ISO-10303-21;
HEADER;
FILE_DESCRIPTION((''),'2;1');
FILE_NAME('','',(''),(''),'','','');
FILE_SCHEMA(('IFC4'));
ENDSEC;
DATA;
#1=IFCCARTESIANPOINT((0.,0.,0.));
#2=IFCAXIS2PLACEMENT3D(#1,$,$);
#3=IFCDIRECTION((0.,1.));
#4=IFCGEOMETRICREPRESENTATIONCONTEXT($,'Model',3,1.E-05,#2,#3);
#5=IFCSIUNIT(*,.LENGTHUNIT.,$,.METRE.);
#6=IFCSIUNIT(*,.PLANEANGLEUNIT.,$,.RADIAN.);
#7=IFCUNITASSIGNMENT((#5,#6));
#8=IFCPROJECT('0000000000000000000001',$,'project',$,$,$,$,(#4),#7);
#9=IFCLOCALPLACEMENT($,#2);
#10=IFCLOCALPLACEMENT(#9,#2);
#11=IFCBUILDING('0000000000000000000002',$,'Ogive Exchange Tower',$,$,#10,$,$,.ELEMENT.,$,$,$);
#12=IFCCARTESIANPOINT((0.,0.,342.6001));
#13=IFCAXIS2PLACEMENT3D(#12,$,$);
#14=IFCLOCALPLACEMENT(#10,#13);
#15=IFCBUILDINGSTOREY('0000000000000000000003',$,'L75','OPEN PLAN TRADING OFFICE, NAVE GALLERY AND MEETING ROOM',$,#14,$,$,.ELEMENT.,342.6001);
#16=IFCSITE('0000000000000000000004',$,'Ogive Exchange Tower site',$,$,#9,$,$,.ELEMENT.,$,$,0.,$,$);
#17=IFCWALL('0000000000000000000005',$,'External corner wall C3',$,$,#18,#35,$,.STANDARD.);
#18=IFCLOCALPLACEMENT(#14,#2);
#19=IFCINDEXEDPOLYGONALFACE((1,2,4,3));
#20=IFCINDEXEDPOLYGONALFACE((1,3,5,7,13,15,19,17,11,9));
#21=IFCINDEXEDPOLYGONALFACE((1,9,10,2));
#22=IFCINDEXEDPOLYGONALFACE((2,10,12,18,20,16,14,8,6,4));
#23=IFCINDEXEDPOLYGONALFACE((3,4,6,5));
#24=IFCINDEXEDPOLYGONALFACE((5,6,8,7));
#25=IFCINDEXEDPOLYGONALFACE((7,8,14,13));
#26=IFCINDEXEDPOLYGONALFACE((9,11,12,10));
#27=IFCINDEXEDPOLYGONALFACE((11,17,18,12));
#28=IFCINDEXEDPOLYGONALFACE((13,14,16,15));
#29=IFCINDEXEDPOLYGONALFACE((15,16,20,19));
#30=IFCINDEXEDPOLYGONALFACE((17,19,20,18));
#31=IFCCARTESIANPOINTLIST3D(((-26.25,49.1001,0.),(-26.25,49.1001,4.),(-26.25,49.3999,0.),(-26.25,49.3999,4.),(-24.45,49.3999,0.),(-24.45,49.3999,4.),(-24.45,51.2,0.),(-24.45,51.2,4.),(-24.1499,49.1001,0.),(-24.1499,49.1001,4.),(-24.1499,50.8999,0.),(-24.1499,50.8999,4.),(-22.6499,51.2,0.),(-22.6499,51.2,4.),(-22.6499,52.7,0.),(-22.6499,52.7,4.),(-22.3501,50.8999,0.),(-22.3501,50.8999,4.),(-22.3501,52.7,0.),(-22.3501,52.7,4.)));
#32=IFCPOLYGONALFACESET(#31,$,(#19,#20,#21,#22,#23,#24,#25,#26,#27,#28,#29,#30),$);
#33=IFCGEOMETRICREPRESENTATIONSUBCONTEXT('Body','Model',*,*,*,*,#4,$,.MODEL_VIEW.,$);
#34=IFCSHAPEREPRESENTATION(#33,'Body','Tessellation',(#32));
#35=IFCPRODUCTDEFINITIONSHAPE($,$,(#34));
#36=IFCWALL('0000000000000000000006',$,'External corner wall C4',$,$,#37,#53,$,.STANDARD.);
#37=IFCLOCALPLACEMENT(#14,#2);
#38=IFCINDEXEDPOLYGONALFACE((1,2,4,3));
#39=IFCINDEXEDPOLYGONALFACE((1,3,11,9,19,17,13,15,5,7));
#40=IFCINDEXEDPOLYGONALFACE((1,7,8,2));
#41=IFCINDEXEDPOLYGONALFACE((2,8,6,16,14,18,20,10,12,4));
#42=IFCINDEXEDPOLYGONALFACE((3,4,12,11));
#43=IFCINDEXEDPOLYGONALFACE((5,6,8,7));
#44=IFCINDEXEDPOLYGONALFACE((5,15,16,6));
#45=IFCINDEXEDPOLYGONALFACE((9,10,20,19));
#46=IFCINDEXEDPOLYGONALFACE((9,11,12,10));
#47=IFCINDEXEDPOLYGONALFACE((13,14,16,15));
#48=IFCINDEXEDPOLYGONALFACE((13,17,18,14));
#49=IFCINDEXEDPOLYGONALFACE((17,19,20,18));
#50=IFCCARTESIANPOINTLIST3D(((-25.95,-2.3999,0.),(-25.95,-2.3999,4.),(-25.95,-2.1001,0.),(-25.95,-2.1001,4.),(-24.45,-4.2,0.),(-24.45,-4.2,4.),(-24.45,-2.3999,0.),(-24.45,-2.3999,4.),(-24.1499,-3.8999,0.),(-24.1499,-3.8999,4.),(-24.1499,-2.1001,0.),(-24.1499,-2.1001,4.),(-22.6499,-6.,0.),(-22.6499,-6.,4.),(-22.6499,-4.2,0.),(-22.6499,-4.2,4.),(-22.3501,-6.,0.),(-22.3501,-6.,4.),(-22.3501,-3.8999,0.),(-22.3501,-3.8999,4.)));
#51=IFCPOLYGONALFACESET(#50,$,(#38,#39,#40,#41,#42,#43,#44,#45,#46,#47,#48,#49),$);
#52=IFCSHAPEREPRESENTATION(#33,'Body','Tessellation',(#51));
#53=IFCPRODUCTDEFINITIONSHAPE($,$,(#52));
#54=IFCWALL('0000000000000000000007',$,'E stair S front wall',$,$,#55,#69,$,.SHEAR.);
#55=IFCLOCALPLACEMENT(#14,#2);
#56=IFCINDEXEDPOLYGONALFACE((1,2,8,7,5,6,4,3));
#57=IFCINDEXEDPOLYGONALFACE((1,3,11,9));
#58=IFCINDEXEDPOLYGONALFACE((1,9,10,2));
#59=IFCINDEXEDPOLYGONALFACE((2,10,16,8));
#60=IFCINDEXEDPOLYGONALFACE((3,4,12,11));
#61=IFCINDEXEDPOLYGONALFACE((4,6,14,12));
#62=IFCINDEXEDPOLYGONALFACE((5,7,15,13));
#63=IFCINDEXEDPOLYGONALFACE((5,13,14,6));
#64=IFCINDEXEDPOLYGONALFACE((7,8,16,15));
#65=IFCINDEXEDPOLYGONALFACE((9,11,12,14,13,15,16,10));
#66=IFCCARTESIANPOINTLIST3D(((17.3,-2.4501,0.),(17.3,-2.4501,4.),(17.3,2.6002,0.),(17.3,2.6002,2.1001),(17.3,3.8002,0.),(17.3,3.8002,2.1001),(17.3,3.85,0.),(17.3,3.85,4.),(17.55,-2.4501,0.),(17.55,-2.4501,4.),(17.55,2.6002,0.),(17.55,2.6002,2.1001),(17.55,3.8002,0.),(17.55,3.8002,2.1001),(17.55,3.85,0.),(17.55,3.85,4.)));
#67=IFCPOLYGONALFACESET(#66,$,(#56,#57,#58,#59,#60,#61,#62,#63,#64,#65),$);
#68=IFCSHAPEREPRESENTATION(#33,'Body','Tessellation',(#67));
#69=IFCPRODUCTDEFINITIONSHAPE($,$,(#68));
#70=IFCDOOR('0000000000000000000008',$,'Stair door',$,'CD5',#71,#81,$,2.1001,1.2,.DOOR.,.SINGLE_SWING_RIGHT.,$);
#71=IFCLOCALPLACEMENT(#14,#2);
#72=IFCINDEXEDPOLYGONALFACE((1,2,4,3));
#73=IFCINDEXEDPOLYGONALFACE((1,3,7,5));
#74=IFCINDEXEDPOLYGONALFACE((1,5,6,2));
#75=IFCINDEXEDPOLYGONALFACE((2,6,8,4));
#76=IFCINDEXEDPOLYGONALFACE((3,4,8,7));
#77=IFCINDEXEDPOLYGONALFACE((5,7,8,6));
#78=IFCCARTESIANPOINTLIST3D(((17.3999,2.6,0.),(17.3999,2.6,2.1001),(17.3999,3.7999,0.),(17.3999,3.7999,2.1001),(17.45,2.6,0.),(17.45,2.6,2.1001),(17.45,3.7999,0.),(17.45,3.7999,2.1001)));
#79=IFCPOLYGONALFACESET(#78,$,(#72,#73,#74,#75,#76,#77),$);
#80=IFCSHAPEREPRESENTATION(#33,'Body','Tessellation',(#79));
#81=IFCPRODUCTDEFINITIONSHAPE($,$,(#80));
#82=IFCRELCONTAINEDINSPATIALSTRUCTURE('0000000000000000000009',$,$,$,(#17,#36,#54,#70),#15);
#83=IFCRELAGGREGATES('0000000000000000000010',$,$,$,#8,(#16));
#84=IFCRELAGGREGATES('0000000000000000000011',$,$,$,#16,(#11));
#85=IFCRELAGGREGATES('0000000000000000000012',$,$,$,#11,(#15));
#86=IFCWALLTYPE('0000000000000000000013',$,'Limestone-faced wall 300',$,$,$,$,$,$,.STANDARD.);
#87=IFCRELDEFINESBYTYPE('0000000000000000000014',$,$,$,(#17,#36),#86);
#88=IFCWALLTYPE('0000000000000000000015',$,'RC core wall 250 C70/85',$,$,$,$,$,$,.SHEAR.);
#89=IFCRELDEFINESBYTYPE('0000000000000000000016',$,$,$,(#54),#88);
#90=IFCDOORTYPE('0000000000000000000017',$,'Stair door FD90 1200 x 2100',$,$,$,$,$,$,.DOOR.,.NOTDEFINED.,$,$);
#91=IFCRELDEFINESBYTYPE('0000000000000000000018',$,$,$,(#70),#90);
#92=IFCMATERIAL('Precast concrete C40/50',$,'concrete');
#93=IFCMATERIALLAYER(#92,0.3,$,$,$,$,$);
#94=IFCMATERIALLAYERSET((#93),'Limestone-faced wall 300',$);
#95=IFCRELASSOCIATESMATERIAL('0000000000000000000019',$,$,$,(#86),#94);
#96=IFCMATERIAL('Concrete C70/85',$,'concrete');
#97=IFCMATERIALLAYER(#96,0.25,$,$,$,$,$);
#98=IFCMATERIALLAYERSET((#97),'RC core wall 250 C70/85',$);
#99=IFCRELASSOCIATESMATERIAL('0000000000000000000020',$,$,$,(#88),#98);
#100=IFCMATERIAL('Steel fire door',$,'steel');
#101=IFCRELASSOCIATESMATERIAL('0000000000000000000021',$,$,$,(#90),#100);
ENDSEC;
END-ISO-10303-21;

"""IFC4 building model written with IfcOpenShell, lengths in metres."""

from ifc_helpers import new_model, si_unit, direction, frame, frame_2d, origin, place, context, subcontext, project, spatial, polyline, rectangle, outline, extrude, material, layer, layer_set, type_object, element, fill, save


model = new_model("IFC4")

# Units and contexts
model_context = context("Model", 3, precision=1e-05, world=origin(), true_north=direction((0.0, 1.0)))
body_context = subcontext(model_context, "Body", "Model", "MODEL_VIEW")
ifc_project = project(units=[si_unit("LENGTHUNIT", "METRE"), si_unit("PLANEANGLEUNIT", "RADIAN")], contexts=[model_context])

# Site, building, storey
site_placement = place(None, origin())
site = spatial("IfcSite", under=ifc_project, at=site_placement, Name="Ogive Exchange Tower site", CompositionType="ELEMENT", RefElevation=0.0)
building_placement = place(site_placement, origin())
building = spatial("IfcBuilding", under=site, at=building_placement, Name="Ogive Exchange Tower", CompositionType="ELEMENT")
storey_placement = place(building_placement, frame((0.0, 0.0, 342.6001)))
storey = spatial("IfcBuildingStorey", under=building, at=storey_placement, Name="L75", Description="OPEN PLAN TRADING OFFICE, NAVE GALLERY AND MEETING ROOM", CompositionType="ELEMENT", Elevation=342.6001)

# Shared definitions
ifc_material_1 = material(Name="Concrete C70/85", Category="concrete")

# Walls
ifc_material_2 = material(Name="Precast concrete C40/50", Category="concrete")
ifc_layer_1 = layer(ifc_material_2, 0.3)
ifc_layer_set_1 = layer_set([ifc_layer_1], Name="Limestone-faced wall 300")
wall_type_1 = type_object("IfcWallType", Name="Limestone-faced wall 300", PredefinedType="STANDARD", material=ifc_layer_set_1)
wall_1_placement = place(storey_placement, origin())
element("IfcWall", 1, at=wall_1_placement, inside=storey, type_object=wall_type_1, Name="External corner wall C3", PredefinedType="STANDARD", context=body_context, shape_type="SweptSolid", body=[
    extrude(outline(polyline([(-24.45, 49.3999), (-24.45, 51.2), (-22.6499, 51.2), (-22.6499, 52.7), (-22.3501, 52.7), (-22.3501, 50.8999), (-24.1499, 50.8999), (-24.1499, 49.1001), (-26.25, 49.1001), (-26.25, 49.3999), (-24.45, 49.3999)])), origin(), (0.0, 0.0, 1.0), 4.0),
])
wall_2_placement = place(storey_placement, origin())
element("IfcWall", 2, at=wall_2_placement, inside=storey, type_object=wall_type_1, Name="External corner wall C4", PredefinedType="STANDARD", context=body_context, shape_type="SweptSolid", body=[
    extrude(outline(polyline([(-22.6499, -4.2), (-24.45, -4.2), (-24.45, -2.3999), (-25.95, -2.3999), (-25.95, -2.1001), (-24.1499, -2.1001), (-24.1499, -3.8999), (-22.3501, -3.8999), (-22.3501, -6.0), (-22.6499, -6.0), (-22.6499, -4.2)])), origin(), (0.0, 0.0, 1.0), 4.0),
])

# Wall, opening, door
ifc_layer_2 = layer(ifc_material_1, 0.25)
ifc_layer_set_2 = layer_set([ifc_layer_2], Name="RC core wall 250 C70/85")
wall_type_2 = type_object("IfcWallType", Name="RC core wall 250 C70/85", PredefinedType="SHEAR", material=ifc_layer_set_2)
wall_3_placement = place(storey_placement, frame((17.425, -2.45, 0.0), z_axis=(0.0, 0.0, 1.0), x_axis=(0.0, 1.0, 0.0)))
wall_3 = element("IfcWall", 3, at=wall_3_placement, inside=storey, type_object=wall_type_2, Name="E stair S front wall", PredefinedType="SHEAR", context=body_context, shape_type="SweptSolid", body=[
    extrude(rectangle(XDim=6.3, YDim=0.25, at=frame_2d((3.1499, 0.0))), origin(), (0.0, 0.0, 1.0), 4.0),
])
opening_1_placement = place(wall_3_placement, frame((5.05, 0.0, 0.0)))
opening_1 = element("IfcOpeningElement", 4, at=opening_1_placement, cuts=wall_3, PredefinedType="OPENING", context=body_context, shape_type="SweptSolid", body=[
    extrude(rectangle(XDim=1.2, YDim=2.1001, at=frame_2d((0.6001, 1.05))), frame((0.0, 0.135, 0.0), z_axis=(0.0, -1.0, 0.0), x_axis=(1.0, 0.0, 0.0)), (0.0, 0.0, 1.0), 0.27),
])
ifc_material_3 = material(Name="Steel fire door", Category="steel")
door_type_1 = type_object("IfcDoorType", Name="Stair door FD90 1200 x 2100", OperationType="NOTDEFINED", PredefinedType="DOOR", material=ifc_material_3)
door_1_placement = place(opening_1_placement, frame((1.2, 0.0, 0.0), z_axis=(0.0, 0.0, 1.0), x_axis=(-1.0, 0.0, 0.0)))
door_1 = element("IfcDoor", 5, at=door_1_placement, inside=storey, type_object=door_type_1, Name="Stair door", ObjectType="CD5", OperationType="SINGLE_SWING_RIGHT", OverallHeight=2.1001, OverallWidth=1.2, PredefinedType="DOOR", context=body_context, shape_type="SweptSolid", body=[
    extrude(rectangle(XDim=1.2, YDim=2.1001, at=frame_2d((0.6001, 1.05))), frame((0.0, 0.0249, 0.0), z_axis=(0.0, -1.0, 0.0), x_axis=(1.0, 0.0, 0.0)), (0.0, 0.0, 1.0), 0.05),
])
fill(opening_1, door_1)

save(model, "model.ifc")
